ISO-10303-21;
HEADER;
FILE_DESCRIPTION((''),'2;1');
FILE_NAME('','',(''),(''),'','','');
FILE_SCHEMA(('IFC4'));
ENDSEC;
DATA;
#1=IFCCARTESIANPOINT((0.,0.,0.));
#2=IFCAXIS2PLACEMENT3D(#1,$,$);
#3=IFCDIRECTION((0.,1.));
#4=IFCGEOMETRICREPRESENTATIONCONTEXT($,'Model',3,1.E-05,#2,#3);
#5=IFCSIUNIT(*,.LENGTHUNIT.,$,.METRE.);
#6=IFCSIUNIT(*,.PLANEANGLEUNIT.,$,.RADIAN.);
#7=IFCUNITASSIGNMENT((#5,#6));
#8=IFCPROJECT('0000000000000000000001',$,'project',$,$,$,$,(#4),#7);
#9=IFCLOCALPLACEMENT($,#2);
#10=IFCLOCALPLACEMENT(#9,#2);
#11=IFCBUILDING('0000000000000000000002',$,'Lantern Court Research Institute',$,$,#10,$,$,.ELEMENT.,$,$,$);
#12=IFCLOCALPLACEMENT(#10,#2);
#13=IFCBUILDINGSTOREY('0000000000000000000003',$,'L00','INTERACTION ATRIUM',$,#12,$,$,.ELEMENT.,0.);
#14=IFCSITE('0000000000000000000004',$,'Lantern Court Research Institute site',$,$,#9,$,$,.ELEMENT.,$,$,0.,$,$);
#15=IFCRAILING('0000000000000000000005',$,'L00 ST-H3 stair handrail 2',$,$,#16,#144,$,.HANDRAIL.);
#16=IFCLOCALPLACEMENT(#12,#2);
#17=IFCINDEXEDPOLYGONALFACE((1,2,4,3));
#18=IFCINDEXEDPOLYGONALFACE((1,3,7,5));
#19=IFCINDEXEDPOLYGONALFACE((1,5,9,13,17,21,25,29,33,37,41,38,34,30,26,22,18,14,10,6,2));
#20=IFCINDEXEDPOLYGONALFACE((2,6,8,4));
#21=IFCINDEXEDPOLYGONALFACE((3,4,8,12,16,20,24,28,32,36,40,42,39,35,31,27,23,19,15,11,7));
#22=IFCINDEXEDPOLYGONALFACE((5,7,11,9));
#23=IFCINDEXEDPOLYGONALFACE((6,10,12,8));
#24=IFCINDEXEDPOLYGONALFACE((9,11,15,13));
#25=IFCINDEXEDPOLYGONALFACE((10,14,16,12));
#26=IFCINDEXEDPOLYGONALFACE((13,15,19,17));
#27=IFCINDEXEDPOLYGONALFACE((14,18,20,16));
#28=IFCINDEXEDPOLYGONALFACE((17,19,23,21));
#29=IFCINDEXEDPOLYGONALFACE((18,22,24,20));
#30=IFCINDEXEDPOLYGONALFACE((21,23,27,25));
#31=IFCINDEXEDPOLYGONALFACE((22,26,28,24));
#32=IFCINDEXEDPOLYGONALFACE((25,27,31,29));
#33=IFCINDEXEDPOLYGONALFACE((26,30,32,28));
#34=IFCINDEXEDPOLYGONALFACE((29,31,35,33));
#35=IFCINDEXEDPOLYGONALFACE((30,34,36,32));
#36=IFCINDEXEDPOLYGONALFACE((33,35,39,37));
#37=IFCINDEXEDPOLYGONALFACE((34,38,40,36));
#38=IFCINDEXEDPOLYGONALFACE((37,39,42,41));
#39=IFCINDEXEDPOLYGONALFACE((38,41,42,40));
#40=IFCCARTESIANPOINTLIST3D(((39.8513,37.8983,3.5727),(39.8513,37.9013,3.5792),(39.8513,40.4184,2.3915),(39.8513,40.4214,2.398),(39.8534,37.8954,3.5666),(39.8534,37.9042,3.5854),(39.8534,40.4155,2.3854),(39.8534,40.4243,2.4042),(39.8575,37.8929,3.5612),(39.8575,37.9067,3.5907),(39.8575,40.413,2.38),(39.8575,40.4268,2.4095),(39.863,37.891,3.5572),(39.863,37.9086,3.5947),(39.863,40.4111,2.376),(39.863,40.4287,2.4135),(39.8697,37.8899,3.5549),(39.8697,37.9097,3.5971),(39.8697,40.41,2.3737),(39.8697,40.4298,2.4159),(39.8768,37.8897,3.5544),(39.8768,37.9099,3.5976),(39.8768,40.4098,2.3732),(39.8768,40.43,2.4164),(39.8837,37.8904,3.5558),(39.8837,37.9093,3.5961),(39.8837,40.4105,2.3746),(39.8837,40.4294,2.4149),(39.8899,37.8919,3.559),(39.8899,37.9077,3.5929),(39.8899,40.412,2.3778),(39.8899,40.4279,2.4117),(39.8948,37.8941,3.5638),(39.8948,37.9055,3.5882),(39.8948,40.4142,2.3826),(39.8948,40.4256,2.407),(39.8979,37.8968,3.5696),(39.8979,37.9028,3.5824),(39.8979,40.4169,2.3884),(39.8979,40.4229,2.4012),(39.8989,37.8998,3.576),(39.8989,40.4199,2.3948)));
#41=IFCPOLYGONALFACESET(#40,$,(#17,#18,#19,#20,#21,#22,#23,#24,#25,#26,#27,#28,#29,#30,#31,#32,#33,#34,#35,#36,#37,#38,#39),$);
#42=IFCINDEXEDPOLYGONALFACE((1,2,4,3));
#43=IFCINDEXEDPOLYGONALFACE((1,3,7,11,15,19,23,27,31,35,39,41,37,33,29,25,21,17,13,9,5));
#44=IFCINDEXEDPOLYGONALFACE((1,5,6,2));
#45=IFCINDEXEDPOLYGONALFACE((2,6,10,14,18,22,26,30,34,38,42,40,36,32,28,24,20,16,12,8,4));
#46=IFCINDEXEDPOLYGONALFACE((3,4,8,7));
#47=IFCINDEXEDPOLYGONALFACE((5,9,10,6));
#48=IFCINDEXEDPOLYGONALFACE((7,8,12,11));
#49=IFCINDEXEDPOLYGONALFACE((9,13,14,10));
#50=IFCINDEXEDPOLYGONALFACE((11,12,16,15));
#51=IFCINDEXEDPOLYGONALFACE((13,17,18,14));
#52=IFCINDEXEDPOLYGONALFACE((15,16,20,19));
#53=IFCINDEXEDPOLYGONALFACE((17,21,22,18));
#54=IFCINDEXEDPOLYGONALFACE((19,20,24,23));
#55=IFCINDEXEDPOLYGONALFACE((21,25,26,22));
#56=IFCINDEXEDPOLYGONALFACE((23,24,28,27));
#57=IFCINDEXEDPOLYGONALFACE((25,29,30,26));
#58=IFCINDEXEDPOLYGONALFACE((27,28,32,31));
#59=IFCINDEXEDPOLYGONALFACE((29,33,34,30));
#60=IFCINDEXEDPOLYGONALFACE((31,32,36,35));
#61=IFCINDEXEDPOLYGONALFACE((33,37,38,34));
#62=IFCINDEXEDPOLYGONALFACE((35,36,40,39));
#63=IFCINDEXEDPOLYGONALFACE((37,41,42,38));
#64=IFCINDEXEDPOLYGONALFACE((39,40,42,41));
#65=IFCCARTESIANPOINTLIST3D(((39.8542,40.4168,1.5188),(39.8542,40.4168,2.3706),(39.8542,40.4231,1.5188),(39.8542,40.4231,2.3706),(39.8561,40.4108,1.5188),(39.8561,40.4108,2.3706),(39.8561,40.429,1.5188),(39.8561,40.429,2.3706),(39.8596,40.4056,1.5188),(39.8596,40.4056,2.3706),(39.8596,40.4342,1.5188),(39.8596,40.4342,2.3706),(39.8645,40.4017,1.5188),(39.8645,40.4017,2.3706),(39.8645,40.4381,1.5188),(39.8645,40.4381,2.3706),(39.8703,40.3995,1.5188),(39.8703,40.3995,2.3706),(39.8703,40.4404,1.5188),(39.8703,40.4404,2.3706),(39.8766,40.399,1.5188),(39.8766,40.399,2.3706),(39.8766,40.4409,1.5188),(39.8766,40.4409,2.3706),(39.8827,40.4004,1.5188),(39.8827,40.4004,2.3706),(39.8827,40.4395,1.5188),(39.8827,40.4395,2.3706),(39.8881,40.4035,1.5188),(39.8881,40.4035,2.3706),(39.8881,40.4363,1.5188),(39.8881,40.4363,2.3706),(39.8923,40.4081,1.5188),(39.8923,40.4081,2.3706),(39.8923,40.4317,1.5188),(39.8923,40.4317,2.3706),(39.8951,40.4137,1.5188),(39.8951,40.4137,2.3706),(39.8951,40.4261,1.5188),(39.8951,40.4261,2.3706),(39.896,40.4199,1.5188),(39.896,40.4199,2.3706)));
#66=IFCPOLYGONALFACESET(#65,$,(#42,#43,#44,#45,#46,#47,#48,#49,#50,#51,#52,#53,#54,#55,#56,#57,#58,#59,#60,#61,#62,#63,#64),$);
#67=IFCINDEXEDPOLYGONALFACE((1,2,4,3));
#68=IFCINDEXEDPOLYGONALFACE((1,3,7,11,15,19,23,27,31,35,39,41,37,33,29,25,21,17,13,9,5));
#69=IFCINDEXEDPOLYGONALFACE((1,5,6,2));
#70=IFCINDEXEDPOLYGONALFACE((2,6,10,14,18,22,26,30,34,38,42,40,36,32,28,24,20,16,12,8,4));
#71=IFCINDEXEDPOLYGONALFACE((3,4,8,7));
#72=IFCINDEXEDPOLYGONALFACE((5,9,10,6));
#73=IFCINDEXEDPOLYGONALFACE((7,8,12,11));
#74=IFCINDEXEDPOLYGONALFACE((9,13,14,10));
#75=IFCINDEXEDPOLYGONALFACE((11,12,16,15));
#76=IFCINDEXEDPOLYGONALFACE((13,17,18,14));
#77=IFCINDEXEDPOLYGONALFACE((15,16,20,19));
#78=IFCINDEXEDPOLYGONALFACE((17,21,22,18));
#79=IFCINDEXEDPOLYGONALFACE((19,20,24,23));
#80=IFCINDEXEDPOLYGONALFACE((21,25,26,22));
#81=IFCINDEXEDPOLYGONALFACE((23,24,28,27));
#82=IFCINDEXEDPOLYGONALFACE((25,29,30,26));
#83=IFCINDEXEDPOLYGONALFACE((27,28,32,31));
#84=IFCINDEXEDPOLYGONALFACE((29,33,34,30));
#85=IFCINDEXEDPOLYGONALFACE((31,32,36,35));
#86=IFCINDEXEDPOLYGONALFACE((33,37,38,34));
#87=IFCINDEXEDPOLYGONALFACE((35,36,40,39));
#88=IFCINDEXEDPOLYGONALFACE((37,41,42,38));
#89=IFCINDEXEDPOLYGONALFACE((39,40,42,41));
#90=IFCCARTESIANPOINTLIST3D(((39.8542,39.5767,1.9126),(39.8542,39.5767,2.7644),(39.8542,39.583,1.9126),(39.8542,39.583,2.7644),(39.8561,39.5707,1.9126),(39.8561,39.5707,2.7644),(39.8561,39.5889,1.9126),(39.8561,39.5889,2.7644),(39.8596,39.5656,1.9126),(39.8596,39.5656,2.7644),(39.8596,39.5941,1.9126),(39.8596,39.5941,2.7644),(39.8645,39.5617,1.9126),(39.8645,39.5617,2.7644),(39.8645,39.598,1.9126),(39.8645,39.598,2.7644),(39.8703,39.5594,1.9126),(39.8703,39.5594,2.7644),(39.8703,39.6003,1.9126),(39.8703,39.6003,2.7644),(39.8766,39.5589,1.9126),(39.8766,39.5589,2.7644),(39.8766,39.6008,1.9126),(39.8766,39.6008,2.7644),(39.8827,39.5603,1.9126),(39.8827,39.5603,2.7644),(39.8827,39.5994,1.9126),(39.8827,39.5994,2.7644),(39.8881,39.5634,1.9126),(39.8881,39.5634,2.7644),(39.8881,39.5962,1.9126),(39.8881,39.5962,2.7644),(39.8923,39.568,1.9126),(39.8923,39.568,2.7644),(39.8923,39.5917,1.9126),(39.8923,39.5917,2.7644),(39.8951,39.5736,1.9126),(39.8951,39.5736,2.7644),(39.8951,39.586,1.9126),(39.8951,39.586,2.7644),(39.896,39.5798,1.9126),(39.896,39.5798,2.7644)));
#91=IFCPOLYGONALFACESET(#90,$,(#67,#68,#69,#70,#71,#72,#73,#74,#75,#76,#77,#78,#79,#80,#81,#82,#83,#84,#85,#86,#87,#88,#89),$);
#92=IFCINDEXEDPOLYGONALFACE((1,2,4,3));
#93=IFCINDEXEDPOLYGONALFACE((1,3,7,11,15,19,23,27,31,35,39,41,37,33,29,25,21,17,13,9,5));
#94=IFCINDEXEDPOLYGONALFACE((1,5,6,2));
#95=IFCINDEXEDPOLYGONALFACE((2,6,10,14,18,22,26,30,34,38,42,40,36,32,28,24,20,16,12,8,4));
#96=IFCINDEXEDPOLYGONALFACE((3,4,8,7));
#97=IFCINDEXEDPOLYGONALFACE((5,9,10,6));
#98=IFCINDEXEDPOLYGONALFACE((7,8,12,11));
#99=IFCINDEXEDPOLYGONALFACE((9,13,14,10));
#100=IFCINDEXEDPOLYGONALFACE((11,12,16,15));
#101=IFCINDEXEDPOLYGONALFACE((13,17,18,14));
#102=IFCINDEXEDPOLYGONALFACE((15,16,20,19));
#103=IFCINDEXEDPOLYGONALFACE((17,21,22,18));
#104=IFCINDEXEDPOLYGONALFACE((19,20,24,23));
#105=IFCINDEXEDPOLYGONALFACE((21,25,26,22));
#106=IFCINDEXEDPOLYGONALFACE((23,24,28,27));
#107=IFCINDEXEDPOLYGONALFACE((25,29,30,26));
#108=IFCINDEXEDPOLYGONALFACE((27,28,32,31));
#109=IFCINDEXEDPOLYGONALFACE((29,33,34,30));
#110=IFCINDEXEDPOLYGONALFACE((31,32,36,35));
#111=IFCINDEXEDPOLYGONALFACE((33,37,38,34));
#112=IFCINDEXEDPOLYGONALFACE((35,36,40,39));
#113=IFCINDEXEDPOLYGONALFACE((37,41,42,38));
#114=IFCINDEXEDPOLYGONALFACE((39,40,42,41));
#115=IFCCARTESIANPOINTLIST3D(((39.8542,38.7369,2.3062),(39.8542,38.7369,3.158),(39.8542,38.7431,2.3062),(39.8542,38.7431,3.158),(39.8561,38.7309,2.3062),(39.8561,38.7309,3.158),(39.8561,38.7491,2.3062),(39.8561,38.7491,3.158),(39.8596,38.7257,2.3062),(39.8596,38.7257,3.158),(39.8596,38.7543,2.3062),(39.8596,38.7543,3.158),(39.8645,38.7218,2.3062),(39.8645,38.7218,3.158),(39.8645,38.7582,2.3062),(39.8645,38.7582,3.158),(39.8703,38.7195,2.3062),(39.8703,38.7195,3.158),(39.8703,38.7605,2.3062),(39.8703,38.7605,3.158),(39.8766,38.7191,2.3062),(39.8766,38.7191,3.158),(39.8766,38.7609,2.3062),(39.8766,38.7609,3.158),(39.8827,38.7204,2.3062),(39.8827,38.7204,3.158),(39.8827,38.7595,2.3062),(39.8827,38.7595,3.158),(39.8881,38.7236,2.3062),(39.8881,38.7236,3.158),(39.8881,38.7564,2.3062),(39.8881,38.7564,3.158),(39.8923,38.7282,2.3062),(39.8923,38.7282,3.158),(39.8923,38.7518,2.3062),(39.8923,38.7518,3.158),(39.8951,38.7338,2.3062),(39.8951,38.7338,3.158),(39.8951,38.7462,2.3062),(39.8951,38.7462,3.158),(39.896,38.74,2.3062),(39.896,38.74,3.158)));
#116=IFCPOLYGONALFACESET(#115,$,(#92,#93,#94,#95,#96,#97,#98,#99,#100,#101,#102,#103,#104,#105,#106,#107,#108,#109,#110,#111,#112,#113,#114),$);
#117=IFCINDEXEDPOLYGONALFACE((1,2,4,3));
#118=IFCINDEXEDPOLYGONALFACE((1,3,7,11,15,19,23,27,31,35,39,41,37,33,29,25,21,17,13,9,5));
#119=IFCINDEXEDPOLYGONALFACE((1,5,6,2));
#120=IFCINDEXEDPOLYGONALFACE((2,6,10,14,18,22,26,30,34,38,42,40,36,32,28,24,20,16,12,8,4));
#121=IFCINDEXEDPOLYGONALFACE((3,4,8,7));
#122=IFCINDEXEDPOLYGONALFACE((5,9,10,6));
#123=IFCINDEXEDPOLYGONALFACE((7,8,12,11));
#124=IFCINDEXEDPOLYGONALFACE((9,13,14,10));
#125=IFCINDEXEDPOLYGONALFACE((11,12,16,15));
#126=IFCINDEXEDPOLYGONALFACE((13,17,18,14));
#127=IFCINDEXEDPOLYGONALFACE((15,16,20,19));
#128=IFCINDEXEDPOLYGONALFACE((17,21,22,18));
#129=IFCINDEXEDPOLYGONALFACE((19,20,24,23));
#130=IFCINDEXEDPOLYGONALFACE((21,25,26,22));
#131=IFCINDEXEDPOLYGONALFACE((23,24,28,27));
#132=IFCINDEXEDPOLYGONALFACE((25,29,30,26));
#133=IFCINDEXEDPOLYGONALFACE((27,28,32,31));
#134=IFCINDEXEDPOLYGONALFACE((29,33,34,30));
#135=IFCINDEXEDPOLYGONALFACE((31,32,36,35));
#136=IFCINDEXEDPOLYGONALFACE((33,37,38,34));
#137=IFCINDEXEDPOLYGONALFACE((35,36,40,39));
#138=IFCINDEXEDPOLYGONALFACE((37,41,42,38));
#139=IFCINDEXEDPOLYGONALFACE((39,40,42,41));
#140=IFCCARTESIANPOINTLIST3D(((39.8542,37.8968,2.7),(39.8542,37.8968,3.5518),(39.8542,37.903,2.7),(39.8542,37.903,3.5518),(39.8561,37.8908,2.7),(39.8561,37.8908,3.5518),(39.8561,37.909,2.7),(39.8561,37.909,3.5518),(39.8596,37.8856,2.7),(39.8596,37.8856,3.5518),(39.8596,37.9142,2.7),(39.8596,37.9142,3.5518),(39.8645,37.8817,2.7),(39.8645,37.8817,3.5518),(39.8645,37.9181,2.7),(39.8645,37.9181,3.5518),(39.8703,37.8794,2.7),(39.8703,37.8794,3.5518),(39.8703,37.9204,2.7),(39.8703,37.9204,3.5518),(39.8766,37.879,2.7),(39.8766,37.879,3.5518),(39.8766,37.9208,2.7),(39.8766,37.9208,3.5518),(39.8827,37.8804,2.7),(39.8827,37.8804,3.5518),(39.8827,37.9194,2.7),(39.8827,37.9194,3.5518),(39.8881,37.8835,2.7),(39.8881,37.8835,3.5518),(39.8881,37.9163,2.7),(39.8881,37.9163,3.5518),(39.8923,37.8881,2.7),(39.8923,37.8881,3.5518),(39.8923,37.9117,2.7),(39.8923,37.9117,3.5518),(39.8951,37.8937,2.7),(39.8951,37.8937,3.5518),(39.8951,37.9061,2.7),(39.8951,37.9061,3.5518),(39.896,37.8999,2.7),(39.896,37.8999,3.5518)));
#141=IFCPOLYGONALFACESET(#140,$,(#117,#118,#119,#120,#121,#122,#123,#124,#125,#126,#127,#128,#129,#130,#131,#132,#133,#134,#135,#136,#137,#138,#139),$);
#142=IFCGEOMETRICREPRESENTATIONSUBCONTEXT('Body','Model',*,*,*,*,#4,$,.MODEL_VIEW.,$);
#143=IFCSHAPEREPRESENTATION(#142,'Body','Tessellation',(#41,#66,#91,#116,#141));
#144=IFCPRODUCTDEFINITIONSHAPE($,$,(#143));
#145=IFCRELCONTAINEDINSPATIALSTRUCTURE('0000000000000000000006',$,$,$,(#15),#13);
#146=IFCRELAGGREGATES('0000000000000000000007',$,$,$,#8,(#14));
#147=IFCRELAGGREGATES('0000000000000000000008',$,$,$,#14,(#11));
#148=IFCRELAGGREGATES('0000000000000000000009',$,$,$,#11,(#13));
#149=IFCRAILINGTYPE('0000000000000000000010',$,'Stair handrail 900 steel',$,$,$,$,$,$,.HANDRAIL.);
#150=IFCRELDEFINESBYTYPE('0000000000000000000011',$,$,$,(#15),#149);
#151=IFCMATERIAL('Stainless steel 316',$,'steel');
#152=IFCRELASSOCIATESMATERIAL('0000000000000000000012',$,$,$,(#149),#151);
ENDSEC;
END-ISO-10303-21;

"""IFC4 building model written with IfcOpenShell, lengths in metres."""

from ifc_helpers import new_model, si_unit, direction, frame, origin, origin_2d, place, context, subcontext, project, spatial, circle, extrude, material, type_object, element, save


model = new_model("IFC4")

# Units and contexts
model_context = context("Model", 3, precision=1e-05, world=origin(), true_north=direction((0.0, 1.0)))
body_context = subcontext(model_context, "Body", "Model", "MODEL_VIEW")
ifc_project = project(units=[si_unit("LENGTHUNIT", "METRE"), si_unit("PLANEANGLEUNIT", "RADIAN")], contexts=[model_context])

# Site, building, storey
site_placement = place(None, origin())
site = spatial("IfcSite", under=ifc_project, at=site_placement, Name="Lantern Court Research Institute site", CompositionType="ELEMENT", RefElevation=0.0)
building_placement = place(site_placement, origin())
building = spatial("IfcBuilding", under=site, at=building_placement, Name="Lantern Court Research Institute", CompositionType="ELEMENT")
storey_placement = place(building_placement, origin())
storey = spatial("IfcBuildingStorey", under=building, at=storey_placement, Name="L00", Description="INTERACTION ATRIUM", CompositionType="ELEMENT", Elevation=0.0)

# Railing
ifc_material_1 = material(Name="Stainless steel 316", Category="steel")
railing_type_1 = type_object("IfcRailingType", Name="Stair handrail 900 steel", PredefinedType="HANDRAIL", material=ifc_material_1)
for number, where, name in (
    (1, (39.875, 40.4199, 1.5188), "L00 ST-H3 stair handrail 2"),
):
    element("IfcRailing", number, at=place(storey_placement, frame(where)), inside=storey, type_object=railing_type_1, Name=name, PredefinedType="HANDRAIL", context=body_context, shape_type="SweptSolid", body=[
        extrude(circle(Radius=0.0239, at=origin_2d()), frame((0.0, 0.0, 0.876), z_axis=(0.0, -0.905474, 0.424402), x_axis=(1.0, 0.0, 0.0)), (0.0, 0.0, 1.0), 2.7832),
        extrude(circle(Radius=0.021, at=origin_2d()), origin(), (0.0, 0.0, 1.0), 0.8518),
        extrude(circle(Radius=0.021, at=origin_2d()), frame((0.0, -0.8401, 0.3938)), (0.0, 0.0, 1.0), 0.8518),
        extrude(circle(Radius=0.021, at=origin_2d()), frame((0.0, -1.6799, 0.7874)), (0.0, 0.0, 1.0), 0.8518),
        extrude(circle(Radius=0.021, at=origin_2d()), frame((0.0, -2.52, 1.1812)), (0.0, 0.0, 1.0), 0.8518),
    ])

save(model, "model.ifc")
